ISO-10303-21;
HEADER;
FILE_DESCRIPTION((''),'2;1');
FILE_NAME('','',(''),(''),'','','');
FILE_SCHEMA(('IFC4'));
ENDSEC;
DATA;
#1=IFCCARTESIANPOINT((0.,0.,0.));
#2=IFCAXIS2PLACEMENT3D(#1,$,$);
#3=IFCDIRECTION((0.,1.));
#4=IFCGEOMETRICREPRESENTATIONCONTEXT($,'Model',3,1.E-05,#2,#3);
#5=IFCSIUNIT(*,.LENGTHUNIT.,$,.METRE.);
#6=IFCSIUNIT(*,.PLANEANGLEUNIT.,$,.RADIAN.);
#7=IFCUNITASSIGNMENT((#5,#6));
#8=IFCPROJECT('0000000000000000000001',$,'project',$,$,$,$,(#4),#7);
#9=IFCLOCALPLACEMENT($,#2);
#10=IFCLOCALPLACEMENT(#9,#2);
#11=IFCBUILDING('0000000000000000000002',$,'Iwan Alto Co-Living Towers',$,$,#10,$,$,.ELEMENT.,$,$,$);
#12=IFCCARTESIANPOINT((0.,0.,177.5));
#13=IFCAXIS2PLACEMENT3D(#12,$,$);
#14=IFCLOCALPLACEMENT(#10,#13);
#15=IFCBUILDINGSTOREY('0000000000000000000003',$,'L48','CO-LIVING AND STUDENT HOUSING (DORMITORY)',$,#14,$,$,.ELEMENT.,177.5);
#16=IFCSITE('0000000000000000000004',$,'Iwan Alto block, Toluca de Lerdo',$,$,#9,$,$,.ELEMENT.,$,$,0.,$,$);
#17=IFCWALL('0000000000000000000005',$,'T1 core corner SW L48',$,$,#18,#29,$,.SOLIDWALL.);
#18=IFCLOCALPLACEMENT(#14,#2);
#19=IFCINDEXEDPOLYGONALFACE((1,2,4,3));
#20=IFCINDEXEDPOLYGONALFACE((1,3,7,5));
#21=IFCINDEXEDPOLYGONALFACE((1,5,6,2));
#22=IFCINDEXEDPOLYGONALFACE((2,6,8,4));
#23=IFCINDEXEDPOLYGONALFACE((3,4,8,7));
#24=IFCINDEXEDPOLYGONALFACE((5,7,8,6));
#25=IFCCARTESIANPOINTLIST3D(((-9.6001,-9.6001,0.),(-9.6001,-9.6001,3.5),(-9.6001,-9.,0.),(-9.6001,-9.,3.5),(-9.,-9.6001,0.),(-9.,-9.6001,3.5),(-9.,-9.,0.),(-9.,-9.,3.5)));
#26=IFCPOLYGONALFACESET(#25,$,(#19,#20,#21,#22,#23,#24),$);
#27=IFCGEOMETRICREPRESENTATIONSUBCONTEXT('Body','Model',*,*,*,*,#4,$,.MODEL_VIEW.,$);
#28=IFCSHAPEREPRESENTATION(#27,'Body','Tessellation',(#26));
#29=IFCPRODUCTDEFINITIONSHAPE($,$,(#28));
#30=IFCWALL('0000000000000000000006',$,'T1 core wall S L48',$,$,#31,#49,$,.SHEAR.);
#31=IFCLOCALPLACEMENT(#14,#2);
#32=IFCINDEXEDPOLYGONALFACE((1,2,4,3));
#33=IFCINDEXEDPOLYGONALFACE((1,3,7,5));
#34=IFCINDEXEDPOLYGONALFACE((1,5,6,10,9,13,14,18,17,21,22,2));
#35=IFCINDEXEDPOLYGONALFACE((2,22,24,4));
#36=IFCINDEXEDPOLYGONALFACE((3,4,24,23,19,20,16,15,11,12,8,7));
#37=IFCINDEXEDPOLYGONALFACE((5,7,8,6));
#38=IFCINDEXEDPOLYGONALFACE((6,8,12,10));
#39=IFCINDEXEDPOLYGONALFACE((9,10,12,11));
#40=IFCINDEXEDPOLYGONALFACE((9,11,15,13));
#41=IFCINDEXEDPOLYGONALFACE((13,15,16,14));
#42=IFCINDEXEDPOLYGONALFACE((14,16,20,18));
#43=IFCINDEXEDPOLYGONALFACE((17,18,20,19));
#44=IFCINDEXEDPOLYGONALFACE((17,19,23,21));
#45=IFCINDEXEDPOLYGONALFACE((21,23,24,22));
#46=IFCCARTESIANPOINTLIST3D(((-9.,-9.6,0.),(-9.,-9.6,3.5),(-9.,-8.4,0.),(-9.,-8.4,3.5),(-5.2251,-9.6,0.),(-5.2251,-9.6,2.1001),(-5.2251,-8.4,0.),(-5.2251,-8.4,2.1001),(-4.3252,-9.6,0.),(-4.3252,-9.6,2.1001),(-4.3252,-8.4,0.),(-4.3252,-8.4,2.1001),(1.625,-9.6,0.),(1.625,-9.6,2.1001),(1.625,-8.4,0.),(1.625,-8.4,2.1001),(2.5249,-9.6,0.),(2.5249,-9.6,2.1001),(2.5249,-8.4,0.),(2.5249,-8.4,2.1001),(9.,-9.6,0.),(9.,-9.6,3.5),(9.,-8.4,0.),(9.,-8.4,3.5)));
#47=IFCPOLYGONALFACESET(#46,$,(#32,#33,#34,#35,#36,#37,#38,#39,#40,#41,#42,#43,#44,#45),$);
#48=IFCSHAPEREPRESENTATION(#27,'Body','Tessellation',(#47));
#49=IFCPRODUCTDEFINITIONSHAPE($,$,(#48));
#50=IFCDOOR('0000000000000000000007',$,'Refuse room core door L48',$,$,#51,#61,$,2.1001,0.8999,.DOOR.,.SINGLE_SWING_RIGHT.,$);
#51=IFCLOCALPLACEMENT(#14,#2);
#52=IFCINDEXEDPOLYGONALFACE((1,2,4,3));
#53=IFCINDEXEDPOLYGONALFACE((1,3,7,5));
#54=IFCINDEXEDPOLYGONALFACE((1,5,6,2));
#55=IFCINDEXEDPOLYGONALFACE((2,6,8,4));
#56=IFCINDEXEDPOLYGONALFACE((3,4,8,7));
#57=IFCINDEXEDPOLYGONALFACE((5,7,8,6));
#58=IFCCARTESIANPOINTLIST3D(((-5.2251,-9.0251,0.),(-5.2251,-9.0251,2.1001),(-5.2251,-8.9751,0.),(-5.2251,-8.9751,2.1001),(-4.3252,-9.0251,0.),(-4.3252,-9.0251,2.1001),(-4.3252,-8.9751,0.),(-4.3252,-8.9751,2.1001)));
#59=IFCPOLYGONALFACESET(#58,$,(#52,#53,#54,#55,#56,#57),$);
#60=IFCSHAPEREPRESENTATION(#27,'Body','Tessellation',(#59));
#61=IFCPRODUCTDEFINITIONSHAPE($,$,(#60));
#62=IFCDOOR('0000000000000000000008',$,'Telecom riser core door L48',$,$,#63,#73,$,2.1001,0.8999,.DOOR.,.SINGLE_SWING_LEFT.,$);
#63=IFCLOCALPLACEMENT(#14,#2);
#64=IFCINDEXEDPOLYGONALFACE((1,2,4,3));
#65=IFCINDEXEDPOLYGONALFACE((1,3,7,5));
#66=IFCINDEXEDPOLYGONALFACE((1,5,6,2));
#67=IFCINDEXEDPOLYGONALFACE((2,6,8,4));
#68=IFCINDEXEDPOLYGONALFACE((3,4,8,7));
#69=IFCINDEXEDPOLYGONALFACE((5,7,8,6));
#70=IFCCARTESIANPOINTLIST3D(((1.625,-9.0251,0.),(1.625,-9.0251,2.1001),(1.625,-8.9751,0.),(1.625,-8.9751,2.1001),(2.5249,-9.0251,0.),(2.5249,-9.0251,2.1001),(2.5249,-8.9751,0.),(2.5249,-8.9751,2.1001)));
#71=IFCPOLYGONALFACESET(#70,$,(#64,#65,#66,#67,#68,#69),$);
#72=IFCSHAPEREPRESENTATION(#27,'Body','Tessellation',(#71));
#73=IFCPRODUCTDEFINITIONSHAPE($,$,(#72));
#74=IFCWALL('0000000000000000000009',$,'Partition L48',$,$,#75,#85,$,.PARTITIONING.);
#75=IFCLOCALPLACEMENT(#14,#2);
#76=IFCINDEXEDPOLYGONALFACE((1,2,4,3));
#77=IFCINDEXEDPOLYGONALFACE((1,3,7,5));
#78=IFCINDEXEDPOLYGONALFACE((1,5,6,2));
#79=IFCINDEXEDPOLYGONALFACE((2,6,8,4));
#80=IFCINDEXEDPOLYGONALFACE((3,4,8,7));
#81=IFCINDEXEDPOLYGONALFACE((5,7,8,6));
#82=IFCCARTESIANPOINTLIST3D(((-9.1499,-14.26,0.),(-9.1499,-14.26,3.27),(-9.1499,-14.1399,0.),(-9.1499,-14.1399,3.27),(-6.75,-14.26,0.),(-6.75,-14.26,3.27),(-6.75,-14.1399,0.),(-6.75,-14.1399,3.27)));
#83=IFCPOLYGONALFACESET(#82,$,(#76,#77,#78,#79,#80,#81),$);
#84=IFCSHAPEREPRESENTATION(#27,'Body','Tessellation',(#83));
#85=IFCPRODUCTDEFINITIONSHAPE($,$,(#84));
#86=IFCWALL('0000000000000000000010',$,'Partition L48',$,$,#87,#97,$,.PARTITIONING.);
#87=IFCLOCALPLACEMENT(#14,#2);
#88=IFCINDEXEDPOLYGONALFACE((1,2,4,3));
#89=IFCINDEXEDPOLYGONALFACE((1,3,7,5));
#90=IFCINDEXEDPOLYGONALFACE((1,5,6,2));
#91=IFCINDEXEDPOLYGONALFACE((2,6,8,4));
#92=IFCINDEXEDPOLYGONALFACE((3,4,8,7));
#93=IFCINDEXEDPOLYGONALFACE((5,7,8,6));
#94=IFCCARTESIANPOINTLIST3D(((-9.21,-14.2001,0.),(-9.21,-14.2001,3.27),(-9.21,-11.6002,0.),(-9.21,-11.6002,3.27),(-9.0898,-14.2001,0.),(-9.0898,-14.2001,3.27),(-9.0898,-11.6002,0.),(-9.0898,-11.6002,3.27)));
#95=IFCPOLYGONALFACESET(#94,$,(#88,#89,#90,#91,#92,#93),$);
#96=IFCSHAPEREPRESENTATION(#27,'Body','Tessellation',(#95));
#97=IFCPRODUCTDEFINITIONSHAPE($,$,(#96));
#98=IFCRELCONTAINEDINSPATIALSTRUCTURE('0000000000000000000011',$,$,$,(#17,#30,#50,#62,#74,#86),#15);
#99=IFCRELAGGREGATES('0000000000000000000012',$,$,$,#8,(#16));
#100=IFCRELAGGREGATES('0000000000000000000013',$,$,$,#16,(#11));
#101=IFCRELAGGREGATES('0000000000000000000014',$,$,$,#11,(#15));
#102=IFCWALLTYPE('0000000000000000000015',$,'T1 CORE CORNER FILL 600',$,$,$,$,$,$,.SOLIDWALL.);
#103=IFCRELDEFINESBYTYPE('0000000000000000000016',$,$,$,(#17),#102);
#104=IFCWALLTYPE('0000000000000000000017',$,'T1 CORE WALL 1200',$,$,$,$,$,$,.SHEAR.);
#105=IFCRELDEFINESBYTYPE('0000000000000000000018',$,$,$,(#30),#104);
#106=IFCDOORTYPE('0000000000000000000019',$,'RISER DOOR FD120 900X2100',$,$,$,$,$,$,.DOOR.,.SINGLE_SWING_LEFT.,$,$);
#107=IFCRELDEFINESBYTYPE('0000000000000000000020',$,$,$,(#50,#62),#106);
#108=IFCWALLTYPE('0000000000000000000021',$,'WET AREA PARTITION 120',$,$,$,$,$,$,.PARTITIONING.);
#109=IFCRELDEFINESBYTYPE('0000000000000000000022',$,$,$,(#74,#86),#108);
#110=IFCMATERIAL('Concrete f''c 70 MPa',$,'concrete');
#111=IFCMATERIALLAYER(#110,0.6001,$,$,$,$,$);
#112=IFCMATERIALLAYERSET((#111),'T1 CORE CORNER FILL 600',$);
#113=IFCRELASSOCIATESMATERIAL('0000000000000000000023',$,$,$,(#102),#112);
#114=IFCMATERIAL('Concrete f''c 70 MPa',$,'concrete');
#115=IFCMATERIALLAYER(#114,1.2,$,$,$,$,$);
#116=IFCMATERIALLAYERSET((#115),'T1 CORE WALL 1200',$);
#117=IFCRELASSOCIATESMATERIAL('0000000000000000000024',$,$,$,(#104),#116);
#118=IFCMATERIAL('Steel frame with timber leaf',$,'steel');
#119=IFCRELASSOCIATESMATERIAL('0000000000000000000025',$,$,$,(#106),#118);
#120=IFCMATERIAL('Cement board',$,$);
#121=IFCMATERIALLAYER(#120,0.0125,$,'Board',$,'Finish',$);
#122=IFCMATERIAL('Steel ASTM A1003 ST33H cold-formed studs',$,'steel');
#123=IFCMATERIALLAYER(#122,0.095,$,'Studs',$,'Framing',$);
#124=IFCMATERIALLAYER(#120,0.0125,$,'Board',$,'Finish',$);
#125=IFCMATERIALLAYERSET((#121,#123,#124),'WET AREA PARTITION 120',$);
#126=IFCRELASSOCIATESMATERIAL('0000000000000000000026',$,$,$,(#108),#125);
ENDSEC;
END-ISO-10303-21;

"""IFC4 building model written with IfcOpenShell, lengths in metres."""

from ifc_helpers import new_model, si_unit, direction, frame, frame_2d, origin, place, context, subcontext, project, spatial, rectangle, extrude, material, layer, layer_set, type_object, element, fill, save


model = new_model("IFC4")

# Units and contexts
model_context = context("Model", 3, precision=1e-05, world=origin(), true_north=direction((0.0, 1.0)))
body_context = subcontext(model_context, "Body", "Model", "MODEL_VIEW")
ifc_project = project(units=[si_unit("LENGTHUNIT", "METRE"), si_unit("PLANEANGLEUNIT", "RADIAN")], contexts=[model_context])

# Site, building, storey
site_placement = place(None, origin())
site = spatial("IfcSite", under=ifc_project, at=site_placement, Name="Iwan Alto block, Toluca de Lerdo", CompositionType="ELEMENT", RefElevation=0.0)
building_placement = place(site_placement, origin())
building = spatial("IfcBuilding", under=site, at=building_placement, Name="Iwan Alto Co-Living Towers", CompositionType="ELEMENT")
storey_placement = place(building_placement, frame((0.0, 0.0, 177.5)))
storey = spatial("IfcBuildingStorey", under=building, at=storey_placement, Name="L48", Description="CO-LIVING AND STUDENT HOUSING (DORMITORY)", CompositionType="ELEMENT", Elevation=177.5)

# Shared definitions
ifc_material_1 = material(Name="Steel ASTM A1003 ST33H cold-formed studs", Category="steel")

# Wall
ifc_material_2 = material(Name="Concrete f'c 70 MPa", Category="concrete")
ifc_layer_1 = layer(ifc_material_2, 0.6001)
ifc_layer_set_1 = layer_set([ifc_layer_1], Name="T1 CORE CORNER FILL 600")
wall_type_1 = type_object("IfcWallType", Name="T1 CORE CORNER FILL 600", PredefinedType="SOLIDWALL", material=ifc_layer_set_1)
wall_1_placement = place(storey_placement, frame((-9.6001, -9.3, 0.0), z_axis=(0.0, 0.0, 1.0), x_axis=(1.0, 0.0, 0.0)))
element("IfcWall", 1, at=wall_1_placement, inside=storey, type_object=wall_type_1, Name="T1 core corner SW L48", PredefinedType="SOLIDWALL", context=body_context, shape_type="SweptSolid", body=[
    extrude(rectangle(XDim=0.6001, YDim=0.6001, at=frame_2d((0.3, 0.0))), origin(), (0.0, 0.0, 1.0), 3.5),
])

# Wall, openings, doors
ifc_material_3 = material(Name="Concrete f'c 70 MPa", Category="concrete")
ifc_layer_2 = layer(ifc_material_3, 1.2)
ifc_layer_set_2 = layer_set([ifc_layer_2], Name="T1 CORE WALL 1200")
wall_type_2 = type_object("IfcWallType", Name="T1 CORE WALL 1200", PredefinedType="SHEAR", material=ifc_layer_set_2)
wall_2_placement = place(storey_placement, frame((-9.0, -9.0, 0.0), z_axis=(0.0, 0.0, 1.0), x_axis=(1.0, 0.0, 0.0)))
wall_2 = element("IfcWall", 2, at=wall_2_placement, inside=storey, type_object=wall_type_2, Name="T1 core wall S L48", PredefinedType="SHEAR", context=body_context, shape_type="SweptSolid", body=[
    extrude(rectangle(XDim=18.0, YDim=1.2, at=frame_2d((9.0, 0.0))), origin(), (0.0, 0.0, 1.0), 3.5),
])
opening_1_placement = place(wall_2_placement, frame((3.7749, 0.0, 0.0)))
opening_1 = element("IfcOpeningElement", 3, at=opening_1_placement, cuts=wall_2, PredefinedType="OPENING", context=body_context, shape_type="SweptSolid", body=[
    extrude(rectangle(XDim=0.8999, YDim=2.1001, at=frame_2d((0.45, 1.05))), frame((0.0, 0.6099, 0.0), z_axis=(0.0, -1.0, 0.0), x_axis=(1.0, 0.0, 0.0)), (0.0, 0.0, 1.0), 1.22),
])
opening_2_placement = place(wall_2_placement, frame((10.625, 0.0, 0.0)))
opening_2 = element("IfcOpeningElement", 4, at=opening_2_placement, cuts=wall_2, PredefinedType="OPENING", context=body_context, shape_type="SweptSolid", body=[
    extrude(rectangle(XDim=0.8999, YDim=2.1001, at=frame_2d((0.45, 1.05))), frame((0.0, 0.6099, 0.0), z_axis=(0.0, -1.0, 0.0), x_axis=(1.0, 0.0, 0.0)), (0.0, 0.0, 1.0), 1.22),
])
ifc_material_4 = material(Name="Steel frame with timber leaf", Category="steel")
door_type_1 = type_object("IfcDoorType", Name="RISER DOOR FD120 900X2100", OperationType="SINGLE_SWING_LEFT", PredefinedType="DOOR", material=ifc_material_4)
door_1_placement = place(opening_1_placement, origin())
door_1 = element("IfcDoor", 5, at=door_1_placement, inside=storey, type_object=door_type_1, Name="Refuse room core door L48", OperationType="SINGLE_SWING_RIGHT", OverallHeight=2.1001, OverallWidth=0.8999, PredefinedType="DOOR", context=body_context, shape_type="SweptSolid", body=[
    extrude(rectangle(XDim=0.8999, YDim=2.1001, at=frame_2d((0.45, 1.05))), frame((0.0, 0.0249, 0.0), z_axis=(0.0, -1.0, 0.0), x_axis=(1.0, 0.0, 0.0)), (0.0, 0.0, 1.0), 0.05),
])
fill(opening_1, door_1)
door_2_placement = place(opening_2_placement, origin())
door_2 = element("IfcDoor", 6, at=door_2_placement, inside=storey, type_object=door_type_1, Name="Telecom riser core door L48", OperationType="SINGLE_SWING_LEFT", OverallHeight=2.1001, OverallWidth=0.8999, PredefinedType="DOOR", context=body_context, shape_type="SweptSolid", body=[
    extrude(rectangle(XDim=0.8999, YDim=2.1001, at=frame_2d((0.45, 1.05))), frame((0.0, 0.0249, 0.0), z_axis=(0.0, -1.0, 0.0), x_axis=(1.0, 0.0, 0.0)), (0.0, 0.0, 1.0), 0.05),
])
fill(opening_2, door_2)

# Walls
ifc_material_5 = material(Name="Cement board")
ifc_layer_3 = layer(ifc_material_5, 0.0125, Name="Board", Category="Finish")
ifc_layer_4 = layer(ifc_material_1, 0.095, Name="Studs", Category="Framing")
ifc_layer_5 = layer(ifc_material_5, 0.0125, Name="Board", Category="Finish")
ifc_layer_set_3 = layer_set([ifc_layer_3, ifc_layer_4, ifc_layer_5], Name="WET AREA PARTITION 120")
wall_type_3 = type_object("IfcWallType", Name="WET AREA PARTITION 120", PredefinedType="PARTITIONING", material=ifc_layer_set_3)
wall_3_placement = place(storey_placement, frame((-9.1499, -14.2, 0.0), z_axis=(0.0, 0.0, 1.0), x_axis=(1.0, 0.0, 0.0)))
element("IfcWall", 7, at=wall_3_placement, inside=storey, type_object=wall_type_3, Name="Partition L48", PredefinedType="PARTITIONING", context=body_context, shape_type="SweptSolid", body=[
    extrude(rectangle(XDim=2.3999, YDim=0.1201, at=frame_2d((1.2, 0.0))), origin(), (0.0, 0.0, 1.0), 3.27),
])
wall_4_placement = place(storey_placement, frame((-9.1499, -14.2, 0.0), z_axis=(0.0, 0.0, 1.0), x_axis=(0.0, 1.0, 0.0)))
element("IfcWall", 8, at=wall_4_placement, inside=storey, type_object=wall_type_3, Name="Partition L48", PredefinedType="PARTITIONING", context=body_context, shape_type="SweptSolid", body=[
    extrude(rectangle(XDim=2.5999, YDim=0.1201, at=frame_2d((1.2998, 0.0))), origin(), (0.0, 0.0, 1.0), 3.27),
])

save(model, "model.ifc")
